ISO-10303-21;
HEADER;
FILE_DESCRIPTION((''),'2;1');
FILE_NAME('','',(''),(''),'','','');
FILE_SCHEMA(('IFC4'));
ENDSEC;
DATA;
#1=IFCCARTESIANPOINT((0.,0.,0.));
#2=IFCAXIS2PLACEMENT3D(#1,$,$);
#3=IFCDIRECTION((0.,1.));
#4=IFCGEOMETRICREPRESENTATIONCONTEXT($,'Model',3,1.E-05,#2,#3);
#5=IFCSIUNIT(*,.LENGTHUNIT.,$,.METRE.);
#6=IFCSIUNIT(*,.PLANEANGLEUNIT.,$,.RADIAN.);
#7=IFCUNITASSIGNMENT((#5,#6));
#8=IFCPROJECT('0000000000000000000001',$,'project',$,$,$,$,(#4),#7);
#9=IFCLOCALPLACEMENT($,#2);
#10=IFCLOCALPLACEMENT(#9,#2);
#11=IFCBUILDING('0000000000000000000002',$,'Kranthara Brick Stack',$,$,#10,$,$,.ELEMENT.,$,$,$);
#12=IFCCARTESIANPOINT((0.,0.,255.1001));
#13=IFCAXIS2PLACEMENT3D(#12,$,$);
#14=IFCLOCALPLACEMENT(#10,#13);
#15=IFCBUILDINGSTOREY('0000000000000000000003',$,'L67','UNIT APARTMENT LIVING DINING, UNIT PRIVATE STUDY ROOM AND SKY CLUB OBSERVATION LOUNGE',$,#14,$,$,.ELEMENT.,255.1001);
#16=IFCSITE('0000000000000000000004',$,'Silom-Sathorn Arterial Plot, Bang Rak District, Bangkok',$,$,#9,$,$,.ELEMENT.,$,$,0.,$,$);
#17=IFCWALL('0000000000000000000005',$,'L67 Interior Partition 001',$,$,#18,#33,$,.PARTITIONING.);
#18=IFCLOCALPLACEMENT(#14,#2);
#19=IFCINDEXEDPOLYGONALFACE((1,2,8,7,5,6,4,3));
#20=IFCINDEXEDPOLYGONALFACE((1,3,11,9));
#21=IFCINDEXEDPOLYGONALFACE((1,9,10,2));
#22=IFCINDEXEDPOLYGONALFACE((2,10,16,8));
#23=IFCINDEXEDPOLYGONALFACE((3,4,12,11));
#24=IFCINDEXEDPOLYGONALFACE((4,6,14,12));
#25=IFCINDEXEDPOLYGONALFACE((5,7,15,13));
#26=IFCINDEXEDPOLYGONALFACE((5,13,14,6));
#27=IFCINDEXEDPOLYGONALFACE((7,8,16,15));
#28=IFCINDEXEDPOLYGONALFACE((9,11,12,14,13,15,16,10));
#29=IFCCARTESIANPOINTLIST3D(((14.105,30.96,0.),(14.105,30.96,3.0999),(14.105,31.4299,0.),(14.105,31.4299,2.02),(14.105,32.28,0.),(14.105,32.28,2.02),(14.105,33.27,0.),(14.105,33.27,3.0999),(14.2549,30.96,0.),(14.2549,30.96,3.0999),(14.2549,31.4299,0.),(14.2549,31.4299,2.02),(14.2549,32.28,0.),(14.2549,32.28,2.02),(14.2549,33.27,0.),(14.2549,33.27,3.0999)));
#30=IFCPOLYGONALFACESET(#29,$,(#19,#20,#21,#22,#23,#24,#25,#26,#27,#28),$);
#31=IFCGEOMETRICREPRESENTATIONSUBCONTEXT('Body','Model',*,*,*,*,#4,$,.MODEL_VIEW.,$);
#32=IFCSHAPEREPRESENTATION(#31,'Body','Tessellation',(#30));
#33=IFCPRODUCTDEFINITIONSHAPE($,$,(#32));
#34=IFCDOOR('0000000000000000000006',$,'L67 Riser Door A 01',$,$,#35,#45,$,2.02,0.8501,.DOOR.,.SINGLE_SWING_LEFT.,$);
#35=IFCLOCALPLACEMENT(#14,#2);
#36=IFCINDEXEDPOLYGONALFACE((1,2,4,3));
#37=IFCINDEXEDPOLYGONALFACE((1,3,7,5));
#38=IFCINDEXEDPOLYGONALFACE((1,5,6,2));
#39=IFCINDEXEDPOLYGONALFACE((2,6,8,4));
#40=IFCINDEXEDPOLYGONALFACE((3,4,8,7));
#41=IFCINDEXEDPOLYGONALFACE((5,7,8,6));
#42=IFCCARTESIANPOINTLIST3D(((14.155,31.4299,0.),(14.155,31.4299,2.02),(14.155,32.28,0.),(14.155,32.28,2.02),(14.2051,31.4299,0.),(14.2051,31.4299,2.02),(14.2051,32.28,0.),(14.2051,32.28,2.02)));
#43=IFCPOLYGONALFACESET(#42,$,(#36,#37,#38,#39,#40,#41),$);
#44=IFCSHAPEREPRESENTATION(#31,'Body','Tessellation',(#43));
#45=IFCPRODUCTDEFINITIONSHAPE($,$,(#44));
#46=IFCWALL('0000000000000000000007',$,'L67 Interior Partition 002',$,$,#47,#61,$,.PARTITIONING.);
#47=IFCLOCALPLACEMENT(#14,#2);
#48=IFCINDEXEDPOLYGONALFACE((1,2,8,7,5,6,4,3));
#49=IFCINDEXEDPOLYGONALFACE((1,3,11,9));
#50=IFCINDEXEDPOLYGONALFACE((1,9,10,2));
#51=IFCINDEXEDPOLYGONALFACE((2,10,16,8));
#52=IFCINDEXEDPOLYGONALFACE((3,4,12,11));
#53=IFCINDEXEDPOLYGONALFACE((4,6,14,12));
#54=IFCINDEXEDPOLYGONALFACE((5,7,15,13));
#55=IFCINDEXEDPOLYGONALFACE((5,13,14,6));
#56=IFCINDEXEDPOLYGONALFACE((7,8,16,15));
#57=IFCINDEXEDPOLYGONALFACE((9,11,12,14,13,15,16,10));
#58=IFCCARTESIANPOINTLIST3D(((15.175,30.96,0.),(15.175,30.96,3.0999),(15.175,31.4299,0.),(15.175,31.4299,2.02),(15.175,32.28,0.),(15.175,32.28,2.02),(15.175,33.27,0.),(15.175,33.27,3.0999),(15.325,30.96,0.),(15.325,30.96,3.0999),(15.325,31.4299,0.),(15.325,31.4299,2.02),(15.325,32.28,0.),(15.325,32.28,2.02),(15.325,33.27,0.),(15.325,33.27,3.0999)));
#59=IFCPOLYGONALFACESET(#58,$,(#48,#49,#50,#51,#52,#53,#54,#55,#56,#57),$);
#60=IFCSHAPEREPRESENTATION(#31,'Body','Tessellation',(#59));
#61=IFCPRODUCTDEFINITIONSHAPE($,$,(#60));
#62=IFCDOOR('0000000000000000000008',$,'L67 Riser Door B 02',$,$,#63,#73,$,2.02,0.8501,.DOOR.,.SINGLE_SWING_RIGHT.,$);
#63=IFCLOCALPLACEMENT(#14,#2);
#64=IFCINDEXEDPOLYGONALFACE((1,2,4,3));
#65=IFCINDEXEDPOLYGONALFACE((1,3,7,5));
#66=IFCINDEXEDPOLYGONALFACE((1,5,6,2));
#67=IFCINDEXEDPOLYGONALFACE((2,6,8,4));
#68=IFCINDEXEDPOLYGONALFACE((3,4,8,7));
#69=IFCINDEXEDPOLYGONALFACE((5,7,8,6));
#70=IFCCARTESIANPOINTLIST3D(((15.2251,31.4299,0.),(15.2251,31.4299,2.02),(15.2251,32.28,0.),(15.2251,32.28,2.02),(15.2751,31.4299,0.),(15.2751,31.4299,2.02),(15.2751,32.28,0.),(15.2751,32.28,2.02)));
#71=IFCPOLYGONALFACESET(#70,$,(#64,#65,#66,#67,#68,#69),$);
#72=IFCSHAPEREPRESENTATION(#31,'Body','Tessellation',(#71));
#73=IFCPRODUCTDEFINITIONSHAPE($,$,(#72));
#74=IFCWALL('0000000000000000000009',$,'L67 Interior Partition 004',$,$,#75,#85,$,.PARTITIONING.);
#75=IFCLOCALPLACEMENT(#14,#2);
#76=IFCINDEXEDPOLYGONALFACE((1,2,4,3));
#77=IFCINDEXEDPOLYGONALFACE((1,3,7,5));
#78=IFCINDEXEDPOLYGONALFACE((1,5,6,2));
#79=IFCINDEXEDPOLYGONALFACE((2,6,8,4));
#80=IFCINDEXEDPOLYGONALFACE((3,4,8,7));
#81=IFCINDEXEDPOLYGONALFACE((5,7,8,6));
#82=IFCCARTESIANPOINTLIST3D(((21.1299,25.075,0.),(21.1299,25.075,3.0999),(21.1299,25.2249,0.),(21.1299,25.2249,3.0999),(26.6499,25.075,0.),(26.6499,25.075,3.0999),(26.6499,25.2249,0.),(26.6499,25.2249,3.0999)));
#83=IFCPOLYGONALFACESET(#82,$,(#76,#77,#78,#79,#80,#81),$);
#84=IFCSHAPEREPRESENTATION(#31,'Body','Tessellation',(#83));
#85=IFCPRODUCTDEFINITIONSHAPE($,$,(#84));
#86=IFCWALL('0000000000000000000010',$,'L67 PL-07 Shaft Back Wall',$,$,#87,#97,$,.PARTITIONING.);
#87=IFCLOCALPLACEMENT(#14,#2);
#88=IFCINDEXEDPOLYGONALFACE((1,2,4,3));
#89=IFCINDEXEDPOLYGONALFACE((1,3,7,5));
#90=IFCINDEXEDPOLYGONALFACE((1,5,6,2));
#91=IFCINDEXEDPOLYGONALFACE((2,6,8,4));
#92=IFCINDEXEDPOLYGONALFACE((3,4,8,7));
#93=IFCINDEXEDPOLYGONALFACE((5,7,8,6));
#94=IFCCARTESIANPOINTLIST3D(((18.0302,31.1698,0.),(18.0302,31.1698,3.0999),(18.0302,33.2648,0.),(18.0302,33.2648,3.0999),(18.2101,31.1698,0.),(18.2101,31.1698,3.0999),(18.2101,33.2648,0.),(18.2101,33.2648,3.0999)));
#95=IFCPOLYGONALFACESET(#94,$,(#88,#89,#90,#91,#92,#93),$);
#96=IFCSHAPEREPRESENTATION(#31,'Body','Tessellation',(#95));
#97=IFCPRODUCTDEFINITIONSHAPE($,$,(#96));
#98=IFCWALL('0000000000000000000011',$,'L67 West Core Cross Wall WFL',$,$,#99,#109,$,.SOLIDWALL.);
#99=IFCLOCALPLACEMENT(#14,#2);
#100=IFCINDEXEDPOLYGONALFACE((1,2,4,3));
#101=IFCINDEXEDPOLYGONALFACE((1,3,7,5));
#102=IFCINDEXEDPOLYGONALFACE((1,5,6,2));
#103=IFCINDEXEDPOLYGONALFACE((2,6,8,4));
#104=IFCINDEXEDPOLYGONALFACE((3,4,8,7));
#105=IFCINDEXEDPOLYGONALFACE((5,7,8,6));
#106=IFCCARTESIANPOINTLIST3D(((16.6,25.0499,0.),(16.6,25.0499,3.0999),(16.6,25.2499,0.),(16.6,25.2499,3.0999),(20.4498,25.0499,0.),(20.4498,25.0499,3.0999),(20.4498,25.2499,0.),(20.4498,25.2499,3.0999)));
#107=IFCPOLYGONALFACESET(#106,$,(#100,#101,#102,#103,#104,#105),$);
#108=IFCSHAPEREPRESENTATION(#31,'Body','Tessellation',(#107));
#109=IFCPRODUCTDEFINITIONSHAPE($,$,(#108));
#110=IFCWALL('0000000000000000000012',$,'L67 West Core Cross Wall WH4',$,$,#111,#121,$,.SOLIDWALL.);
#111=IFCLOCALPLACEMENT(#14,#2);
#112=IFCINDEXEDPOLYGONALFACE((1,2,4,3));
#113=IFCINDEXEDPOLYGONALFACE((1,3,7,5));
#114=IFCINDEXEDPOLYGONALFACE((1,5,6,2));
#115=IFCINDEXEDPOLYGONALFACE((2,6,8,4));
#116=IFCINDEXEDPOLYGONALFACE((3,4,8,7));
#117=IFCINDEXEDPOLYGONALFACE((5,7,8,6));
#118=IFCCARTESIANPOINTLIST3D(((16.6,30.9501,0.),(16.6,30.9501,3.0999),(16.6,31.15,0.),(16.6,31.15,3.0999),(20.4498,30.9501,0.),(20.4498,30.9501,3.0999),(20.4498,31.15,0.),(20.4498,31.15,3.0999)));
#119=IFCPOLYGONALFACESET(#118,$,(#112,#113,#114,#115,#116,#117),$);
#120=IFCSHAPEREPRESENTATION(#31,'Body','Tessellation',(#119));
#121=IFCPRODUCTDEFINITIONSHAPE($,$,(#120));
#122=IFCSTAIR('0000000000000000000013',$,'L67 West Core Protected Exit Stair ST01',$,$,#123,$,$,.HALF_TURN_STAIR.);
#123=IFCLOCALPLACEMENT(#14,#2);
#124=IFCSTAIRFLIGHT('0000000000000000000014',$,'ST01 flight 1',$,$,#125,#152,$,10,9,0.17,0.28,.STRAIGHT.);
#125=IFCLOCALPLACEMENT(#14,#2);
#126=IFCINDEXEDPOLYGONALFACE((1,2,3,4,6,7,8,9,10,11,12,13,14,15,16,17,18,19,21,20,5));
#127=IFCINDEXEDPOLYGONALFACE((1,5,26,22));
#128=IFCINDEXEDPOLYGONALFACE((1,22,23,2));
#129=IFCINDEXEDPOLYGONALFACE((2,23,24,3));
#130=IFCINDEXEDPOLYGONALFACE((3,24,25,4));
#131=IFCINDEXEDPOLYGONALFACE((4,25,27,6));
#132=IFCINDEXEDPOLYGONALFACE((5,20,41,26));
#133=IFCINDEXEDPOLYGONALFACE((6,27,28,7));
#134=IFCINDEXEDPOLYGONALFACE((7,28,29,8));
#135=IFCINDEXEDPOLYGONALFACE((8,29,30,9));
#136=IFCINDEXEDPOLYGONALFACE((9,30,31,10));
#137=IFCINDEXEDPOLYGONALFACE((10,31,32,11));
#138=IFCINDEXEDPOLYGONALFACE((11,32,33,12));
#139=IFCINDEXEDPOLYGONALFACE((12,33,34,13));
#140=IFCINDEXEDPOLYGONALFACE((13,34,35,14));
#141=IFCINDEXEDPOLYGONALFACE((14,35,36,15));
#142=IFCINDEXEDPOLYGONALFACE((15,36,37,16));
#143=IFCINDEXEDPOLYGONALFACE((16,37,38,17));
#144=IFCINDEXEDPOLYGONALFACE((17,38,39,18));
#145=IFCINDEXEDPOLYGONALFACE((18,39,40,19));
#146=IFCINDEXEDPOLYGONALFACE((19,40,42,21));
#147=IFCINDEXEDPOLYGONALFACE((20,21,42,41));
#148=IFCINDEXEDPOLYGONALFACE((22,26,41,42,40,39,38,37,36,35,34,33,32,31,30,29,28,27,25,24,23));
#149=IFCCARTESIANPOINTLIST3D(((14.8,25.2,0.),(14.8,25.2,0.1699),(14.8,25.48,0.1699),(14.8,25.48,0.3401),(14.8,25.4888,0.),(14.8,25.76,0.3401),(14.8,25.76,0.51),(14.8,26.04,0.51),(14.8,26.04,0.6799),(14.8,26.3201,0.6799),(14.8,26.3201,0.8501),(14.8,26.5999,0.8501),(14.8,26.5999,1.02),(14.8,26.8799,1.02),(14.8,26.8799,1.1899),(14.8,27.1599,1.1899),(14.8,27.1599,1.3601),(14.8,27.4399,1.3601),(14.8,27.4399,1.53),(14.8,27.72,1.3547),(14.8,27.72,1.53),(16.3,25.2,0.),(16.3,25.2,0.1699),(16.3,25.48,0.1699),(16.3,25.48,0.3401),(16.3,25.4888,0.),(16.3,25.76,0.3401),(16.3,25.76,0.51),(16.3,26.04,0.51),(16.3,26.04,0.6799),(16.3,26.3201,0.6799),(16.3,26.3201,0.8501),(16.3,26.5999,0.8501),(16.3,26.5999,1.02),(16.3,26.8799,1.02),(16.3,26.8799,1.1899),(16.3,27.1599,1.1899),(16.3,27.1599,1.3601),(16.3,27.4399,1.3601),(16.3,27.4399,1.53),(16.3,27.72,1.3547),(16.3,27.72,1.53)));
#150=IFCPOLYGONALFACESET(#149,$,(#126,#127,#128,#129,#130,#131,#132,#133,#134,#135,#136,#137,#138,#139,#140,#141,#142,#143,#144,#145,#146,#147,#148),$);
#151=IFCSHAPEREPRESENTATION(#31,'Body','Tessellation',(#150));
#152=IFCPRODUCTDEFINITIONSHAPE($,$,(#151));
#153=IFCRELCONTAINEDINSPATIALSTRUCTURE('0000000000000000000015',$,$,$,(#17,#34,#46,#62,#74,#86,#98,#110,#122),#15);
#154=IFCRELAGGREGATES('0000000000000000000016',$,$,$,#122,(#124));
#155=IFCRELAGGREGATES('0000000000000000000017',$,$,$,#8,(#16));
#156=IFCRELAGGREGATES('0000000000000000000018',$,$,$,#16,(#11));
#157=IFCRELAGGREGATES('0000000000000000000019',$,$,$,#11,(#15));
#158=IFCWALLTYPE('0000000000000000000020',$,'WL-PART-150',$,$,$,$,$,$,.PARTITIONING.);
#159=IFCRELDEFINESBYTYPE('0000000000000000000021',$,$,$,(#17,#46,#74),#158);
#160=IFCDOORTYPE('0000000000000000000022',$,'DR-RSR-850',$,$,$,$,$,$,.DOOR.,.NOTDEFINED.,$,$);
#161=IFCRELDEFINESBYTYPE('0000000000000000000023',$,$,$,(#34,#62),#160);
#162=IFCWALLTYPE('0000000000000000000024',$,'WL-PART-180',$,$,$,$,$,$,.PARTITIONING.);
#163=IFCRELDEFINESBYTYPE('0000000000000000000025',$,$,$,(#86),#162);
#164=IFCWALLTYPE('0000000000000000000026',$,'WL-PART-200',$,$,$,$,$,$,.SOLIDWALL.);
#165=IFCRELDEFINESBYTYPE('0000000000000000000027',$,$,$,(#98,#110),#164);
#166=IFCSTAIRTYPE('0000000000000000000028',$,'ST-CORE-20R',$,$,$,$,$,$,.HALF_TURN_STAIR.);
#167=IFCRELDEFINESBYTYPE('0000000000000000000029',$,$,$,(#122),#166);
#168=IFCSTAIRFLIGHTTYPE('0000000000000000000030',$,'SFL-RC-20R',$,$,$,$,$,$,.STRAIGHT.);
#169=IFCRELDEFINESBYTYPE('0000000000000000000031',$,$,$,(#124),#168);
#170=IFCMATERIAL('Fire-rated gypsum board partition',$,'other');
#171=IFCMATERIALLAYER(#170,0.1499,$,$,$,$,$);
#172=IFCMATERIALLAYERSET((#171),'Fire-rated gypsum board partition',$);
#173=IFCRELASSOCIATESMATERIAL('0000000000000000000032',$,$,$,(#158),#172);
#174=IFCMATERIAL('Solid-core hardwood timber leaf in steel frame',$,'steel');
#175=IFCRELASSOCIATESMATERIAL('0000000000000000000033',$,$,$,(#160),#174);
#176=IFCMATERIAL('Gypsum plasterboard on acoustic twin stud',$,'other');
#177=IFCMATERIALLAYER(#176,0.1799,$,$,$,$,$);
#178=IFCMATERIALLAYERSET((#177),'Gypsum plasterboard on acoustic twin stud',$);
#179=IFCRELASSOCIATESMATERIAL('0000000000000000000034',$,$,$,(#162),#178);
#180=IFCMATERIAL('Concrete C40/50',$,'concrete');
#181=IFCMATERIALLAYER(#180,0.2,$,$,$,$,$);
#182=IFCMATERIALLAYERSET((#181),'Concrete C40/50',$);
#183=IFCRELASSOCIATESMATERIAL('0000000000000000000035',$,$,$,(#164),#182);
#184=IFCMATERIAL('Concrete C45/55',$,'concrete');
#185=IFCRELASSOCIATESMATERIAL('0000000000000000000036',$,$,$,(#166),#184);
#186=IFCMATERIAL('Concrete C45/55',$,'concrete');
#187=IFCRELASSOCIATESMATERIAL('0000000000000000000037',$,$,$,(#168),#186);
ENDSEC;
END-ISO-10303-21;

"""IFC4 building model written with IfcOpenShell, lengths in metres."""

from ifc_helpers import new_model, si_unit, direction, frame, frame_2d, origin, place, context, subcontext, project, spatial, polyline, rectangle, outline, extrude, material, layer, layer_set, type_object, element, fill, aggregate, save


model = new_model("IFC4")

# Units and contexts
model_context = context("Model", 3, precision=1e-05, world=origin(), true_north=direction((0.0, 1.0)))
body_context = subcontext(model_context, "Body", "Model", "MODEL_VIEW")
ifc_project = project(units=[si_unit("LENGTHUNIT", "METRE"), si_unit("PLANEANGLEUNIT", "RADIAN")], contexts=[model_context])

# Site, building, storey
site_placement = place(None, origin())
site = spatial("IfcSite", under=ifc_project, at=site_placement, Name="Silom-Sathorn Arterial Plot, Bang Rak District, Bangkok", CompositionType="ELEMENT", RefElevation=0.0)
building_placement = place(site_placement, origin())
building = spatial("IfcBuilding", under=site, at=building_placement, Name="Kranthara Brick Stack", CompositionType="ELEMENT")
storey_placement = place(building_placement, frame((0.0, 0.0, 255.1001)))
storey = spatial("IfcBuildingStorey", under=building, at=storey_placement, Name="L67", Description="UNIT APARTMENT LIVING DINING, UNIT PRIVATE STUDY ROOM AND SKY CLUB OBSERVATION LOUNGE", CompositionType="ELEMENT", Elevation=255.1001)

# Walls, openings, doors
ifc_material_1 = material(Name="Fire-rated gypsum board partition", Category="other")
ifc_layer_1 = layer(ifc_material_1, 0.1499)
ifc_layer_set_1 = layer_set([ifc_layer_1], Name="Fire-rated gypsum board partition")
wall_type_1 = type_object("IfcWallType", Name="WL-PART-150", PredefinedType="PARTITIONING", material=ifc_layer_set_1)
wall_1_placement = place(storey_placement, frame((14.1799, 30.96, 0.0), z_axis=(0.0, 0.0, 1.0), x_axis=(0.0, 1.0, 0.0)))
wall_1 = element("IfcWall", 1, at=wall_1_placement, inside=storey, type_object=wall_type_1, Name="L67 Interior Partition 001", PredefinedType="PARTITIONING", context=body_context, shape_type="SweptSolid", body=[
    extrude(rectangle(XDim=2.3101, YDim=0.1499, at=frame_2d((1.155, 0.0))), origin(), (0.0, 0.0, 1.0), 3.0999),
])
opening_1_placement = place(wall_1_placement, frame((0.47, 0.0, 0.0)))
opening_1 = element("IfcOpeningElement", 2, at=opening_1_placement, cuts=wall_1, PredefinedType="OPENING", context=body_context, shape_type="SweptSolid", body=[
    extrude(rectangle(XDim=0.8501, YDim=2.02, at=frame_2d((0.425, 1.01))), frame((0.0, 0.085, 0.0), z_axis=(0.0, -1.0, 0.0), x_axis=(1.0, 0.0, 0.0)), (0.0, 0.0, 1.0), 0.1699),
])
ifc_material_2 = material(Name="Solid-core hardwood timber leaf in steel frame", Category="steel")
door_type_1 = type_object("IfcDoorType", Name="DR-RSR-850", OperationType="NOTDEFINED", PredefinedType="DOOR", material=ifc_material_2)
door_1_placement = place(opening_1_placement, origin())
door_1 = element("IfcDoor", 3, at=door_1_placement, inside=storey, type_object=door_type_1, Name="L67 Riser Door A 01", OperationType="SINGLE_SWING_LEFT", OverallHeight=2.02, OverallWidth=0.8501, PredefinedType="DOOR", context=body_context, shape_type="SweptSolid", body=[
    extrude(rectangle(XDim=0.8501, YDim=2.02, at=frame_2d((0.425, 1.01))), frame((0.0, 0.0249, 0.0), z_axis=(0.0, -1.0, 0.0), x_axis=(1.0, 0.0, 0.0)), (0.0, 0.0, 1.0), 0.05),
])
fill(opening_1, door_1)
wall_2_placement = place(storey_placement, frame((15.25, 30.96, 0.0), z_axis=(0.0, 0.0, 1.0), x_axis=(0.0, 1.0, 0.0)))
wall_2 = element("IfcWall", 4, at=wall_2_placement, inside=storey, type_object=wall_type_1, Name="L67 Interior Partition 002", PredefinedType="PARTITIONING", context=body_context, shape_type="SweptSolid", body=[
    extrude(rectangle(XDim=2.3101, YDim=0.1499, at=frame_2d((1.155, 0.0))), origin(), (0.0, 0.0, 1.0), 3.0999),
])
opening_2_placement = place(wall_2_placement, frame((0.47, 0.0, 0.0)))
opening_2 = element("IfcOpeningElement", 5, at=opening_2_placement, cuts=wall_2, PredefinedType="OPENING", context=body_context, shape_type="SweptSolid", body=[
    extrude(rectangle(XDim=0.8501, YDim=2.02, at=frame_2d((0.425, 1.01))), frame((0.0, 0.085, 0.0), z_axis=(0.0, -1.0, 0.0), x_axis=(1.0, 0.0, 0.0)), (0.0, 0.0, 1.0), 0.1699),
])
door_2_placement = place(opening_2_placement, origin())
door_2 = element("IfcDoor", 6, at=door_2_placement, inside=storey, type_object=door_type_1, Name="L67 Riser Door B 02", OperationType="SINGLE_SWING_RIGHT", OverallHeight=2.02, OverallWidth=0.8501, PredefinedType="DOOR", context=body_context, shape_type="SweptSolid", body=[
    extrude(rectangle(XDim=0.8501, YDim=2.02, at=frame_2d((0.425, 1.01))), frame((0.0, 0.0249, 0.0), z_axis=(0.0, -1.0, 0.0), x_axis=(1.0, 0.0, 0.0)), (0.0, 0.0, 1.0), 0.05),
])
fill(opening_2, door_2)

# Walls
wall_3_placement = place(storey_placement, frame((21.1299, 25.1499, 0.0), z_axis=(0.0, 0.0, 1.0), x_axis=(1.0, 0.0, 0.0)))
element("IfcWall", 7, at=wall_3_placement, inside=storey, type_object=wall_type_1, Name="L67 Interior Partition 004", PredefinedType="PARTITIONING", context=body_context, shape_type="SweptSolid", body=[
    extrude(rectangle(XDim=5.52, YDim=0.1499, at=frame_2d((2.76, 0.0))), origin(), (0.0, 0.0, 1.0), 3.0999),
])
ifc_material_3 = material(Name="Gypsum plasterboard on acoustic twin stud", Category="other")
ifc_layer_2 = layer(ifc_material_3, 0.1799)
ifc_layer_set_2 = layer_set([ifc_layer_2], Name="Gypsum plasterboard on acoustic twin stud")
wall_type_2 = type_object("IfcWallType", Name="WL-PART-180", PredefinedType="PARTITIONING", material=ifc_layer_set_2)
wall_4_placement = place(storey_placement, frame((18.1201, 31.1699, 0.0), z_axis=(0.0, 0.0, 1.0), x_axis=(0.0, 1.0, 0.0)))
element("IfcWall", 8, at=wall_4_placement, inside=storey, type_object=wall_type_2, Name="L67 PL-07 Shaft Back Wall", PredefinedType="PARTITIONING", context=body_context, shape_type="SweptSolid", body=[
    extrude(rectangle(XDim=2.095, YDim=0.1799, at=frame_2d((1.0474, 0.0))), origin(), (0.0, 0.0, 1.0), 3.0999),
])
ifc_material_4 = material(Name="Concrete C40/50", Category="concrete")
ifc_layer_3 = layer(ifc_material_4, 0.2)
ifc_layer_set_3 = layer_set([ifc_layer_3], Name="Concrete C40/50")
wall_type_3 = type_object("IfcWallType", Name="WL-PART-200", PredefinedType="SOLIDWALL", material=ifc_layer_set_3)
for number, where, z_axis, x_axis, name in (
    (9, (16.6001, 25.1499, 0.0), (0.0, 0.0, 1.0), (1.0, 0.0, 0.0), "L67 West Core Cross Wall WFL"),
    (10, (16.6001, 31.05, 0.0), (0.0, 0.0, 1.0), (1.0, 0.0, 0.0), "L67 West Core Cross Wall WH4"),
):
    element("IfcWall", number, at=place(storey_placement, frame(where, z_axis=z_axis, x_axis=x_axis)), inside=storey, type_object=wall_type_3, Name=name, PredefinedType="SOLIDWALL", context=body_context, shape_type="SweptSolid", body=[
        extrude(rectangle(XDim=3.8499, YDim=0.2, at=frame_2d((1.9248, 0.0))), origin(), (0.0, 0.0, 1.0), 3.0999),
    ])

# Stair, stair flight
ifc_material_5 = material(Name="Concrete C45/55", Category="concrete")
stair_type = type_object("IfcStairType", Name="ST-CORE-20R", PredefinedType="HALF_TURN_STAIR", material=ifc_material_5)
stair_placement = place(storey_placement, origin())
stair = element("IfcStair", 11, at=stair_placement, inside=storey, type_object=stair_type, Name="L67 West Core Protected Exit Stair ST01", PredefinedType="HALF_TURN_STAIR")
ifc_material_6 = material(Name="Concrete C45/55", Category="concrete")
stair_flight_type = type_object("IfcStairFlightType", Name="SFL-RC-20R", PredefinedType="STRAIGHT", material=ifc_material_6)
stair_flight_1_placement = place(storey_placement, frame((15.55, 25.2, 0.0), z_axis=(0.0, 0.0, 1.0), x_axis=(0.0, 1.0, 0.0)))
stair_flight_1 = element("IfcStairFlight", 12, at=stair_flight_1_placement, type_object=stair_flight_type, Name="ST01 flight 1", NumberOfRisers=10, NumberOfTreads=9, PredefinedType="STRAIGHT", RiserHeight=0.17, TreadLength=0.28, context=body_context, shape_type="SweptSolid", body=[
    extrude(outline(polyline([(0.0, 0.0), (0.0, 0.1699), (0.28, 0.1699), (0.28, 0.3401), (0.5601, 0.3401), (0.5601, 0.51), (0.8401, 0.51), (0.8401, 0.6799), (1.1201, 0.6799), (1.1201, 0.8501), (1.3999, 0.8501), (1.3999, 1.02), (1.6799, 1.02), (1.6799, 1.1899), (1.96, 1.1899), (1.96, 1.3601), (2.24, 1.3601), (2.24, 1.53), (2.52, 1.53), (2.52, 1.7), (2.52, 1.3547), (0.2888, 0.0), (0.0, 0.0)])), frame((0.0, 0.75, 0.0), z_axis=(0.0, -1.0, 0.0), x_axis=(1.0, 0.0, 0.0)), (0.0, 0.0, 1.0), 1.5),
])
aggregate(stair, [stair_flight_1])

save(model, "model.ifc")
